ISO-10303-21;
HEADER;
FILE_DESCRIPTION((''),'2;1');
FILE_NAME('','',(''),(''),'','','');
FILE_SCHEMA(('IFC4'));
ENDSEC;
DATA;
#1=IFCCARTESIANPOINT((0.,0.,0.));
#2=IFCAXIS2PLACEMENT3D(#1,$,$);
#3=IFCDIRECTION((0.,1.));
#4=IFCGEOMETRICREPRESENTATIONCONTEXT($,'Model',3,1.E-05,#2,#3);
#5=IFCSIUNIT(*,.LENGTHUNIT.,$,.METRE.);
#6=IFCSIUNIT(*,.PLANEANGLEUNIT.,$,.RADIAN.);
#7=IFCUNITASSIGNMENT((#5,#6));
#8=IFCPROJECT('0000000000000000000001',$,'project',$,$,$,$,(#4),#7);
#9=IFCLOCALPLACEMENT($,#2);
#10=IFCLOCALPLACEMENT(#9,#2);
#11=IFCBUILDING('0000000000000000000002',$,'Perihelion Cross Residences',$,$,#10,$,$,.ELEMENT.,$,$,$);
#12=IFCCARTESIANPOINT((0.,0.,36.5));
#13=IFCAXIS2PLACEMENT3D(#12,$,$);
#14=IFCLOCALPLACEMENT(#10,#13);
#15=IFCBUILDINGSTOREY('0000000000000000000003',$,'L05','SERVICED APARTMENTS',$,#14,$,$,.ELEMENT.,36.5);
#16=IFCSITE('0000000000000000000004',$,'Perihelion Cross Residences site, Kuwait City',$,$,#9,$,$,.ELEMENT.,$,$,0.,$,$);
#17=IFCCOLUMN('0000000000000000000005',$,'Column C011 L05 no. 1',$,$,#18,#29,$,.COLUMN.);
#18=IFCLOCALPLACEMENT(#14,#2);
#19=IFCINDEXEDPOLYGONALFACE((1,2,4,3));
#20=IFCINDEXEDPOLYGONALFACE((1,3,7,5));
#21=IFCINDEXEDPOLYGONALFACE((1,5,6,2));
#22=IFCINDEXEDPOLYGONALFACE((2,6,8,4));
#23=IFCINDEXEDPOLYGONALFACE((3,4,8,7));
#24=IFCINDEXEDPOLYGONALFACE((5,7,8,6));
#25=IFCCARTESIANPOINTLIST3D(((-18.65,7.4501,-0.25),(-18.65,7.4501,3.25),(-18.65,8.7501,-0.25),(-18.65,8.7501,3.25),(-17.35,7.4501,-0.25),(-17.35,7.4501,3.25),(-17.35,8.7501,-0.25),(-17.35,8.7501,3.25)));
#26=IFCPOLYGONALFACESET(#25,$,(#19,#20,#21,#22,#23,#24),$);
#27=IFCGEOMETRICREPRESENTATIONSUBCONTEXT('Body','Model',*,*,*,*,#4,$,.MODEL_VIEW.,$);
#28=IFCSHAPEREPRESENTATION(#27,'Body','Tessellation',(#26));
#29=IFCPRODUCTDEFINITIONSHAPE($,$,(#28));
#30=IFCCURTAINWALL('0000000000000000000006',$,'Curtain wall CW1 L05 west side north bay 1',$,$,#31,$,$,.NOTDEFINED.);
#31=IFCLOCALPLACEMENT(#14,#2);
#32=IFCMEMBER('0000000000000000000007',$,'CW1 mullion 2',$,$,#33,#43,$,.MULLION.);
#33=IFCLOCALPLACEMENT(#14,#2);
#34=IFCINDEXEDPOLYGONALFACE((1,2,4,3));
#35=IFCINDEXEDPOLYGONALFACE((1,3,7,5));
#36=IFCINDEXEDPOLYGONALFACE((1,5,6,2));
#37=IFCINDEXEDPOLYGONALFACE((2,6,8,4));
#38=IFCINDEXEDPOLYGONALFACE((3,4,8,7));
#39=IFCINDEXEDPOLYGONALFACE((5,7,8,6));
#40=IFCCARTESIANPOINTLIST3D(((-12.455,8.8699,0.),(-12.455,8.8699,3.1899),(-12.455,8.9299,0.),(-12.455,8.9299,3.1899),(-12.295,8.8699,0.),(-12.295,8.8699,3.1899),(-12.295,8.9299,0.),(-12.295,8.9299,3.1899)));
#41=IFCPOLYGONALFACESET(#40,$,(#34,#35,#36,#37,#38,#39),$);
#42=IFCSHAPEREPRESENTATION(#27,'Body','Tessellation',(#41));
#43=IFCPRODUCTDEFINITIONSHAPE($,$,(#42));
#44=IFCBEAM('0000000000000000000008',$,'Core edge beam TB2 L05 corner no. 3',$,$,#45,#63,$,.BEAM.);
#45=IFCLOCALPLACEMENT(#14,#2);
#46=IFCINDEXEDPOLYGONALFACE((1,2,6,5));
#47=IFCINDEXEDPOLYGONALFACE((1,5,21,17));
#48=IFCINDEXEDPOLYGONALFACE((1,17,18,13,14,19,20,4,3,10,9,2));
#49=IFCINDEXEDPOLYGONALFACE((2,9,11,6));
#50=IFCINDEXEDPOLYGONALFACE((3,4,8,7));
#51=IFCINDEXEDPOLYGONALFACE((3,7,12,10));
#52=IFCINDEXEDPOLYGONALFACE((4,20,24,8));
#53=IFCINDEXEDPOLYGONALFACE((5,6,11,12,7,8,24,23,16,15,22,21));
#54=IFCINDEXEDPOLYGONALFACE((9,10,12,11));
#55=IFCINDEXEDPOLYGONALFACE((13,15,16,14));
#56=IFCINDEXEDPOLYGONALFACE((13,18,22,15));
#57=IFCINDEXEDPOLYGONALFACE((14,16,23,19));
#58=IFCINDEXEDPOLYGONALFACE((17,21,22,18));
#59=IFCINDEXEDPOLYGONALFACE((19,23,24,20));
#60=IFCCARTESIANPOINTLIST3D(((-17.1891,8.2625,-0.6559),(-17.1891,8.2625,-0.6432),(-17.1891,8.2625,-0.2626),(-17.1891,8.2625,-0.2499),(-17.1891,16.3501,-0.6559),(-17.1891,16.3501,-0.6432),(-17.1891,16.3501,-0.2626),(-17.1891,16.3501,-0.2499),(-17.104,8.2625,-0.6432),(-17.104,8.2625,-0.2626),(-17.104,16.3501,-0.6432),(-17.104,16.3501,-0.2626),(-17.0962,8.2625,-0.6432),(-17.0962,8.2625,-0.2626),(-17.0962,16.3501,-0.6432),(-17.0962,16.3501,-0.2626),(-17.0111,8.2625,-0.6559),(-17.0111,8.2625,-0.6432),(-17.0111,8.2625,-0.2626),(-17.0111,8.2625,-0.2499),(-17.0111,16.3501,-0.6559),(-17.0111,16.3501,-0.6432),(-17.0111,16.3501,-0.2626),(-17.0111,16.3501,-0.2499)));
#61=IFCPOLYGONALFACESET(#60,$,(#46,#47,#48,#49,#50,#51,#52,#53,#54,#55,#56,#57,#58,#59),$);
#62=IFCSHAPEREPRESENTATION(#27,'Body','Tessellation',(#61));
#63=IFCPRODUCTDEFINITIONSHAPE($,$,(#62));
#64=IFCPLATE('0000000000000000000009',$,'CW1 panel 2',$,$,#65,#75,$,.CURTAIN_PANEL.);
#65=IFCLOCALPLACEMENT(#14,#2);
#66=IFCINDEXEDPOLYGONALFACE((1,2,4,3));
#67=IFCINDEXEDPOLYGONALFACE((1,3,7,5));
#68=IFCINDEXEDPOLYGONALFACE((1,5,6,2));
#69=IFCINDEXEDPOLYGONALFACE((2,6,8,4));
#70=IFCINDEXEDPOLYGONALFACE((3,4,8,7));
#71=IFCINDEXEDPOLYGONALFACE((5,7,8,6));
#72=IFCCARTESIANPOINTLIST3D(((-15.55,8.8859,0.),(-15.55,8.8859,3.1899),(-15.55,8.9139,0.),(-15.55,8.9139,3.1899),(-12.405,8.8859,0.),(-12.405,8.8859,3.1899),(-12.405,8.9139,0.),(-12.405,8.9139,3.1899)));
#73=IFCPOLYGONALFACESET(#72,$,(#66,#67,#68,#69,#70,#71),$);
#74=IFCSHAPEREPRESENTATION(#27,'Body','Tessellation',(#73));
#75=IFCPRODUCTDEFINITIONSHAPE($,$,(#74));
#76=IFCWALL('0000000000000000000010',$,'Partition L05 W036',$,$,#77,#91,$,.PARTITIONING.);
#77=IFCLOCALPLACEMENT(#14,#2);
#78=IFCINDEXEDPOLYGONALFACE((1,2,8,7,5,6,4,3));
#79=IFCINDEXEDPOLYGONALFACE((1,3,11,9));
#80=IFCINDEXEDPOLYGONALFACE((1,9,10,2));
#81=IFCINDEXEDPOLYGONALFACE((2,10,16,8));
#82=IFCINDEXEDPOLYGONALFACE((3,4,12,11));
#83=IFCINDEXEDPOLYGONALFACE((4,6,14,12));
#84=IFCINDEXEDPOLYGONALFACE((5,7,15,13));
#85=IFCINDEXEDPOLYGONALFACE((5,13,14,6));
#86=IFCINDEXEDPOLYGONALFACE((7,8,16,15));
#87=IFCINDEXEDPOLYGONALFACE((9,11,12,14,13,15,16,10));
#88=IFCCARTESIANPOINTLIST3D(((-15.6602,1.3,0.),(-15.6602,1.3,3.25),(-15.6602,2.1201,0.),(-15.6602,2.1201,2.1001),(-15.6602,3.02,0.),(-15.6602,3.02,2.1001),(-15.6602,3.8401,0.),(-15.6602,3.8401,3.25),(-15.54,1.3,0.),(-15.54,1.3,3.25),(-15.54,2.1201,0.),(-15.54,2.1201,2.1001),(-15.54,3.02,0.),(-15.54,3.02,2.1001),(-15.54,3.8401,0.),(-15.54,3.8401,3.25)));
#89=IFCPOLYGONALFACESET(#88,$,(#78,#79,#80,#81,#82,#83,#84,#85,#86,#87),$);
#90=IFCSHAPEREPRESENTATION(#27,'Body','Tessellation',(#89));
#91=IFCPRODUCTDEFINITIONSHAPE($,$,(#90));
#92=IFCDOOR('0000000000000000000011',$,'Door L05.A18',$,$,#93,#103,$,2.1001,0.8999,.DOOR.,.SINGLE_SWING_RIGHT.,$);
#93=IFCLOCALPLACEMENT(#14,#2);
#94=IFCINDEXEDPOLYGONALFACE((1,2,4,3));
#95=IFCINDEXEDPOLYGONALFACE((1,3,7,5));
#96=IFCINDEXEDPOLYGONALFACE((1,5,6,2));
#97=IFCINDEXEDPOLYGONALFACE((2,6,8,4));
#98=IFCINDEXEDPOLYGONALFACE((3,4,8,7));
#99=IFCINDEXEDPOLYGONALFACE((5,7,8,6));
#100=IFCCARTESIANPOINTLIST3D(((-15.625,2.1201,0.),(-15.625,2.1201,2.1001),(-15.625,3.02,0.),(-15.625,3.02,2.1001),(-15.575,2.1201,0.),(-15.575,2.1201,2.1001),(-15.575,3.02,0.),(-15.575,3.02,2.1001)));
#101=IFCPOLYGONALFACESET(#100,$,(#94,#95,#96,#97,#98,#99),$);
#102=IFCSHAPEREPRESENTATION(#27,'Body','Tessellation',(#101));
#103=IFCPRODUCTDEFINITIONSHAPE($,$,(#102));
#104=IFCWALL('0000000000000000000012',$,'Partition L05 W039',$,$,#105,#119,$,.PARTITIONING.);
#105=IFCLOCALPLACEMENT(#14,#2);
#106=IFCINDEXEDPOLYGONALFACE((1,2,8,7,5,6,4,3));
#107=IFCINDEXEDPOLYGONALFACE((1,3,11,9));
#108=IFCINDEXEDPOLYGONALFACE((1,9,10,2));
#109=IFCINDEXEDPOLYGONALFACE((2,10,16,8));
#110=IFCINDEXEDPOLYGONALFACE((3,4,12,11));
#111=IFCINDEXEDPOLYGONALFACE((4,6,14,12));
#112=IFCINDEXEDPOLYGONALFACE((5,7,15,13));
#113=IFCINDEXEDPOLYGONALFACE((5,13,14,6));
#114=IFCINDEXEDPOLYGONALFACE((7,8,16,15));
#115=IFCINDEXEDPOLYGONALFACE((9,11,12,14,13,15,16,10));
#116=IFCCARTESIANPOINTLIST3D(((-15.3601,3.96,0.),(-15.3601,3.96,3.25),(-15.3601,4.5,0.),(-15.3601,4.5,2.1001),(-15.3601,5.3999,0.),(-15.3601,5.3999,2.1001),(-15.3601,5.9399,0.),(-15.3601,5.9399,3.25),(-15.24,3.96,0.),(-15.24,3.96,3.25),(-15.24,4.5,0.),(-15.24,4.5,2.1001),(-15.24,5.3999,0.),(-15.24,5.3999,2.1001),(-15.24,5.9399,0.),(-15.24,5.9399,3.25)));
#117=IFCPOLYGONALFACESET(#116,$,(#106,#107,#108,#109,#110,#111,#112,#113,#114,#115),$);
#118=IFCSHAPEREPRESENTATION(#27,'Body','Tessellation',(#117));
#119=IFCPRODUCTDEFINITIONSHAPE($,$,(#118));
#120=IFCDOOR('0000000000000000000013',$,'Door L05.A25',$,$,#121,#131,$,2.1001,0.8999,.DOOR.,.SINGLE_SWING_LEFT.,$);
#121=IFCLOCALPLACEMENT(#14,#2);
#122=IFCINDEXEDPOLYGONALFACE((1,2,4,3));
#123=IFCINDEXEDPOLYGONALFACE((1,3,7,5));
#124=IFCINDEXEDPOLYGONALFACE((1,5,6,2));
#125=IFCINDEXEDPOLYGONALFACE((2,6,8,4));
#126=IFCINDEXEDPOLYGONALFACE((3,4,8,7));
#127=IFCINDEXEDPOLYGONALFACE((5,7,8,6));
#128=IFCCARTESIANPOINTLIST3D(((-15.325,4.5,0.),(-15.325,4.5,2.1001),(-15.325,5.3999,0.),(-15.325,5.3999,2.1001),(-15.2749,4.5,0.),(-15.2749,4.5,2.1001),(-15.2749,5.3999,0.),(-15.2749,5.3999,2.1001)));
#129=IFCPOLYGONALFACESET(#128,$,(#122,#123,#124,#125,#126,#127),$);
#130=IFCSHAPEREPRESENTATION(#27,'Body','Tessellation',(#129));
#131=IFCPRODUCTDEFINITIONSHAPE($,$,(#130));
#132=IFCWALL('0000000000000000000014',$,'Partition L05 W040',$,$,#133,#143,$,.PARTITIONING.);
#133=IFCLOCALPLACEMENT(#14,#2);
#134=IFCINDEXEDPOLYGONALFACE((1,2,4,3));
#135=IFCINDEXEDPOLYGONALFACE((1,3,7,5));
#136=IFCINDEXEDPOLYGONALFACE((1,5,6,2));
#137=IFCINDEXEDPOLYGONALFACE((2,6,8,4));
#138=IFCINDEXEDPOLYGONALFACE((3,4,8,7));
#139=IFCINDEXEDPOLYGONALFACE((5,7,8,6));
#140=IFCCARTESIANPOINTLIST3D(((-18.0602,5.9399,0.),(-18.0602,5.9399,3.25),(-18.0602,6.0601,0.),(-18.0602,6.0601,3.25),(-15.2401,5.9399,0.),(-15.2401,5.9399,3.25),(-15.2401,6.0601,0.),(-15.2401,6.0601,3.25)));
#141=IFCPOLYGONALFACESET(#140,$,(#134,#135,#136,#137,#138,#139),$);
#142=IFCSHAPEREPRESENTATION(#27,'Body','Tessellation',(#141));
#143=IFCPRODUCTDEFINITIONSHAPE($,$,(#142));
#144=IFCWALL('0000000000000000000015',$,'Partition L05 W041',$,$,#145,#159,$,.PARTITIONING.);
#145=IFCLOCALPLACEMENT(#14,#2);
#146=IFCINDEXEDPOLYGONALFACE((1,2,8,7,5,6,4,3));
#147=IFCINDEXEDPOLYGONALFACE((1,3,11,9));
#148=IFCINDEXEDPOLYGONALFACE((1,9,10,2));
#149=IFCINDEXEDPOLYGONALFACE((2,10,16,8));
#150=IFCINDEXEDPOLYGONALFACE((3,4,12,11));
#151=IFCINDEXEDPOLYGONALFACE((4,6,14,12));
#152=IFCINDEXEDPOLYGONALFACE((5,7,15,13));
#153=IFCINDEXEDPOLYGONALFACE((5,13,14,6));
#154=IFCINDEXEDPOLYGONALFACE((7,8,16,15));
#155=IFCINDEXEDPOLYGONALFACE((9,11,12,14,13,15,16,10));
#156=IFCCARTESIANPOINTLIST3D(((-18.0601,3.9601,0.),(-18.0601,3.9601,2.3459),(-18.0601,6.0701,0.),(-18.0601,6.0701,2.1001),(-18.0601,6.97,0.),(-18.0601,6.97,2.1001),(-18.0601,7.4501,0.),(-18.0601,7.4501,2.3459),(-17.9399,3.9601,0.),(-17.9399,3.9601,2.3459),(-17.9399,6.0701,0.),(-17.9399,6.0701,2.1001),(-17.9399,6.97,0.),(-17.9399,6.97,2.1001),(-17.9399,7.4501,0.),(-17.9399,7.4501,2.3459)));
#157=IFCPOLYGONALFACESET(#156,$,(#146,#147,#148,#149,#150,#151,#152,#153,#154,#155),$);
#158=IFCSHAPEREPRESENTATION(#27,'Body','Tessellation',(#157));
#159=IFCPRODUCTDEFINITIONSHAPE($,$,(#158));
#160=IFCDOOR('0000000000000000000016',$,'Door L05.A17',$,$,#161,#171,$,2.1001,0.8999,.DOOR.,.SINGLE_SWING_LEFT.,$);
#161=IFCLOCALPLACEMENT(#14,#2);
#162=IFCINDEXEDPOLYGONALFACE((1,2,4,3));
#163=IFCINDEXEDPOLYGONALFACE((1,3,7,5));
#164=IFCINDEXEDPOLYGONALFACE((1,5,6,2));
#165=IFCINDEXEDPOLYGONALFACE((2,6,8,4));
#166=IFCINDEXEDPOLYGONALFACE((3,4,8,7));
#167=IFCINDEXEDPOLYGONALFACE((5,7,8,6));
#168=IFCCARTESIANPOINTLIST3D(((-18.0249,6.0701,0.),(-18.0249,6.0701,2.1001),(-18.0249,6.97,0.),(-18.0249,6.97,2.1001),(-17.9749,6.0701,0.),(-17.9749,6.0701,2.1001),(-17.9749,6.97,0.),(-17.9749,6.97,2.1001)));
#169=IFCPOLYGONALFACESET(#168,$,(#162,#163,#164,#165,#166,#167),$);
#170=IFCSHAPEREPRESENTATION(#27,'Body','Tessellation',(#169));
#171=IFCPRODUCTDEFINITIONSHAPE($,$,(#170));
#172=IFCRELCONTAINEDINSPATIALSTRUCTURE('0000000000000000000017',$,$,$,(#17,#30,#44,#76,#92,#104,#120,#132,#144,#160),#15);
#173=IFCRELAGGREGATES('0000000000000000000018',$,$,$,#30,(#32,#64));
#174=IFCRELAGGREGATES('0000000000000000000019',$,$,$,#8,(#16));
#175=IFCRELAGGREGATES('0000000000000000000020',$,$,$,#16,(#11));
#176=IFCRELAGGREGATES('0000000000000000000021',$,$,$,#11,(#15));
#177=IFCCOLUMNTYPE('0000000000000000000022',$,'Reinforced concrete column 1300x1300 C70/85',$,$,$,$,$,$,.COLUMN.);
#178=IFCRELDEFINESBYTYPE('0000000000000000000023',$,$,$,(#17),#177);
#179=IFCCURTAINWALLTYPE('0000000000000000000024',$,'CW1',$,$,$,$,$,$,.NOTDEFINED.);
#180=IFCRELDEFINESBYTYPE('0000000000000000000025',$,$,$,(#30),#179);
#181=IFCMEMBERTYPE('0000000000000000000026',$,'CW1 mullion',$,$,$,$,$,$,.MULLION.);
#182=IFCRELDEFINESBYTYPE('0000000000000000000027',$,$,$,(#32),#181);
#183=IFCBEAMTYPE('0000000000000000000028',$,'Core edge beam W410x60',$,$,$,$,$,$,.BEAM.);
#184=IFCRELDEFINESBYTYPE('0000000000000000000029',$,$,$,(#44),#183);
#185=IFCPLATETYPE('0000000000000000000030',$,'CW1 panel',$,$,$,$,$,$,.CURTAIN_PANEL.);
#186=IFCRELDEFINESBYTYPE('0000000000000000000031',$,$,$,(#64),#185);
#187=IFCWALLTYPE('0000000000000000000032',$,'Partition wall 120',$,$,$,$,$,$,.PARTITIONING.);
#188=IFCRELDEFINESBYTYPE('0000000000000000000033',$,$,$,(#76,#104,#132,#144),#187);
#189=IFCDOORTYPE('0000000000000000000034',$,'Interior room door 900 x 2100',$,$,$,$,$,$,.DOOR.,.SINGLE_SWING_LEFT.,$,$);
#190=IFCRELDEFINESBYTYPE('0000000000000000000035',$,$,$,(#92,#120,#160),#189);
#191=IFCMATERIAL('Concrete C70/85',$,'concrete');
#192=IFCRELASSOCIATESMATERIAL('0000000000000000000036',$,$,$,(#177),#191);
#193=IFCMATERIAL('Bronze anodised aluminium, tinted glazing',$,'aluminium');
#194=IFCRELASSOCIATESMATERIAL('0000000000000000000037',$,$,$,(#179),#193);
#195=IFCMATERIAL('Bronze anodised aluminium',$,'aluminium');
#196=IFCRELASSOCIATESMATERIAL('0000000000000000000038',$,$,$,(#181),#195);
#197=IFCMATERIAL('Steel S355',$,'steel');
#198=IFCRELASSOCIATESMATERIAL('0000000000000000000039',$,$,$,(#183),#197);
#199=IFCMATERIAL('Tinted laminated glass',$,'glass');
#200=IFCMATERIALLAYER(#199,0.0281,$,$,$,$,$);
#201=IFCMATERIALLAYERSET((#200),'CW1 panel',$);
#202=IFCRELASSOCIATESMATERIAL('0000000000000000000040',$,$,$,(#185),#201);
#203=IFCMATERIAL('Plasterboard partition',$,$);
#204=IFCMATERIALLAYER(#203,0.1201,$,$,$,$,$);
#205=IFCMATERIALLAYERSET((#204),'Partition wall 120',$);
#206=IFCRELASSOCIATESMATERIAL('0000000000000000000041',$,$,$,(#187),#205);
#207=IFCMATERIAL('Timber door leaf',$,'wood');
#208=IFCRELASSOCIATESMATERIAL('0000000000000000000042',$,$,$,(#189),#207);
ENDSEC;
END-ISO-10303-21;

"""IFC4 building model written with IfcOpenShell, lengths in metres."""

from ifc_helpers import new_model, si_unit, direction, frame, frame_2d, origin, origin_2d, place, context, subcontext, project, spatial, rectangle, i_section, extrude, material, layer, layer_set, material_profile, profile_set, type_object, element, fill, aggregate, save


model = new_model("IFC4")

# Units and contexts
model_context = context("Model", 3, precision=1e-05, world=origin(), true_north=direction((0.0, 1.0)))
body_context = subcontext(model_context, "Body", "Model", "MODEL_VIEW")
ifc_project = project(units=[si_unit("LENGTHUNIT", "METRE"), si_unit("PLANEANGLEUNIT", "RADIAN")], contexts=[model_context])

# Site, building, storey
site_placement = place(None, origin())
site = spatial("IfcSite", under=ifc_project, at=site_placement, Name="Perihelion Cross Residences site, Kuwait City", CompositionType="ELEMENT", RefElevation=0.0)
building_placement = place(site_placement, origin())
building = spatial("IfcBuilding", under=site, at=building_placement, Name="Perihelion Cross Residences", CompositionType="ELEMENT")
storey_placement = place(building_placement, frame((0.0, 0.0, 36.5)))
storey = spatial("IfcBuildingStorey", under=building, at=storey_placement, Name="L05", Description="SERVICED APARTMENTS", CompositionType="ELEMENT", Elevation=36.5)

# Column
ifc_material_1 = material(Name="Concrete C70/85", Category="concrete")
ifc_material_profile_1 = material_profile(ifc_material_1, rectangle(XDim=1.3, YDim=1.3, at=origin_2d()), Name="RC 1300x1300")
ifc_profile_set_1 = profile_set([ifc_material_profile_1], Name="Concrete C70/85")
column_type = type_object("IfcColumnType", Name="Reinforced concrete column 1300x1300 C70/85", PredefinedType="COLUMN", material=ifc_profile_set_1)
column_placement = place(storey_placement, frame((-18.0, 8.1001, -0.25), z_axis=(0.0, 0.0, 1.0), x_axis=(1.0, 0.0, 0.0)))
element("IfcColumn", 1, at=column_placement, inside=storey, type_object=column_type, Name="Column C011 L05 no. 1", PredefinedType="COLUMN", context=body_context, shape_type="SweptSolid", body=[
    extrude(rectangle(XDim=1.3, YDim=1.3, at=origin_2d()), origin(), (0.0, 0.0, 1.0), 3.5),
])

# Curtain wall, member
ifc_material_2 = material(Name="Bronze anodised aluminium, tinted glazing", Category="aluminium")
curtain_wall_type = type_object("IfcCurtainWallType", Name="CW1", PredefinedType="NOTDEFINED", material=ifc_material_2)
curtain_wall_placement = place(storey_placement, origin())
curtain_wall = element("IfcCurtainWall", 2, at=curtain_wall_placement, inside=storey, type_object=curtain_wall_type, Name="Curtain wall CW1 L05 west side north bay 1", PredefinedType="NOTDEFINED")
ifc_material_3 = material(Name="Bronze anodised aluminium", Category="aluminium")
ifc_material_profile_2 = material_profile(ifc_material_3, rectangle(XDim=0.0601, YDim=0.1599, at=origin_2d()), Name="CW1 mullion")
ifc_profile_set_2 = profile_set([ifc_material_profile_2], Name="Bronze anodised aluminium")
member_type = type_object("IfcMemberType", Name="CW1 mullion", PredefinedType="MULLION", material=ifc_profile_set_2)
member_placement = place(storey_placement, frame((-12.375, 8.8999, 0.0), z_axis=(0.0, 0.0, 1.0), x_axis=(0.0, -1.0, 0.0)))
member = element("IfcMember", 3, at=member_placement, type_object=member_type, Name="CW1 mullion 2", PredefinedType="MULLION", context=body_context, shape_type="SweptSolid", body=[
    extrude(rectangle(XDim=0.0601, YDim=0.1599, at=origin_2d()), origin(), (0.0, 0.0, 1.0), 3.1899),
])

# Beam
ifc_material_4 = material(Name="Steel S355", Category="steel")
ifc_material_profile_3 = material_profile(ifc_material_4, i_section(OverallWidth=0.178, OverallDepth=0.406, WebThickness=0.0078, FlangeThickness=0.0127, at=origin_2d()), Name="W410x60")
ifc_profile_set_3 = profile_set([ifc_material_profile_3], Name="Steel S355")
beam_type = type_object("IfcBeamType", Name="Core edge beam W410x60", PredefinedType="BEAM", material=ifc_profile_set_3)
beam_placement = place(storey_placement, frame((-17.1001, 8.2625, -0.4529), z_axis=(0.0, 1.0, 0.0), x_axis=(-1.0, 0.0, 0.0)))
element("IfcBeam", 4, at=beam_placement, inside=storey, type_object=beam_type, Name="Core edge beam TB2 L05 corner no. 3", PredefinedType="BEAM", context=body_context, shape_type="SweptSolid", body=[
    extrude(i_section(OverallWidth=0.178, OverallDepth=0.406, WebThickness=0.0078, FlangeThickness=0.0127, at=origin_2d()), origin(), (0.0, 0.0, 1.0), 8.0876),
])

# Plate
ifc_material_5 = material(Name="Tinted laminated glass", Category="glass")
ifc_layer_1 = layer(ifc_material_5, 0.0281)
ifc_layer_set_1 = layer_set([ifc_layer_1], Name="CW1 panel")
plate_type = type_object("IfcPlateType", Name="CW1 panel", PredefinedType="CURTAIN_PANEL", material=ifc_layer_set_1)
plate_placement = place(storey_placement, frame((-13.9775, 8.8999, 0.0), z_axis=(0.0, 0.0, 1.0), x_axis=(-1.0, 0.0, 0.0)))
plate = element("IfcPlate", 5, at=plate_placement, type_object=plate_type, Name="CW1 panel 2", PredefinedType="CURTAIN_PANEL", context=body_context, shape_type="SweptSolid", body=[
    extrude(rectangle(XDim=3.145, YDim=0.0281, at=origin_2d()), origin(), (0.0, 0.0, 1.0), 3.1899),
])
aggregate(curtain_wall, [member, plate])

# Walls, openings, doors
ifc_material_6 = material(Name="Plasterboard partition")
ifc_layer_2 = layer(ifc_material_6, 0.1201)
ifc_layer_set_2 = layer_set([ifc_layer_2], Name="Partition wall 120")
wall_type_1 = type_object("IfcWallType", Name="Partition wall 120", PredefinedType="PARTITIONING", material=ifc_layer_set_2)
wall_1_placement = place(storey_placement, frame((-15.6001, 1.3, 0.0), z_axis=(0.0, 0.0, 1.0), x_axis=(0.0, 1.0, 0.0)))
wall_1 = element("IfcWall", 6, at=wall_1_placement, inside=storey, type_object=wall_type_1, Name="Partition L05 W036", PredefinedType="PARTITIONING", context=body_context, shape_type="SweptSolid", body=[
    extrude(rectangle(XDim=2.54, YDim=0.1201, at=frame_2d((1.27, 0.0))), origin(), (0.0, 0.0, 1.0), 3.25),
])
opening_1_placement = place(wall_1_placement, frame((0.8201, 0.0, 0.0)))
opening_1 = element("IfcOpeningElement", 7, at=opening_1_placement, cuts=wall_1, PredefinedType="OPENING", context=body_context, shape_type="SweptSolid", body=[
    extrude(rectangle(XDim=0.8999, YDim=2.1001, at=frame_2d((0.45, 1.05))), frame((0.0, 0.0701, 0.0), z_axis=(0.0, -1.0, 0.0), x_axis=(1.0, 0.0, 0.0)), (0.0, 0.0, 1.0), 0.1401),
])
ifc_material_7 = material(Name="Timber door leaf", Category="wood")
door_type_1 = type_object("IfcDoorType", Name="Interior room door 900 x 2100", OperationType="SINGLE_SWING_LEFT", PredefinedType="DOOR", material=ifc_material_7)
door_1_placement = place(opening_1_placement, origin())
door_1 = element("IfcDoor", 8, at=door_1_placement, inside=storey, type_object=door_type_1, Name="Door L05.A18", OperationType="SINGLE_SWING_RIGHT", OverallHeight=2.1001, OverallWidth=0.8999, PredefinedType="DOOR", context=body_context, shape_type="SweptSolid", body=[
    extrude(rectangle(XDim=0.8999, YDim=2.1001, at=frame_2d((0.45, 1.05))), frame((0.0, 0.0249, 0.0), z_axis=(0.0, -1.0, 0.0), x_axis=(1.0, 0.0, 0.0)), (0.0, 0.0, 1.0), 0.05),
])
fill(opening_1, door_1)
wall_2_placement = place(storey_placement, frame((-15.3, 3.96, 0.0), z_axis=(0.0, 0.0, 1.0), x_axis=(0.0, 1.0, 0.0)))
wall_2 = element("IfcWall", 9, at=wall_2_placement, inside=storey, type_object=wall_type_1, Name="Partition L05 W039", PredefinedType="PARTITIONING", context=body_context, shape_type="SweptSolid", body=[
    extrude(rectangle(XDim=1.98, YDim=0.1201, at=frame_2d((0.99, 0.0))), origin(), (0.0, 0.0, 1.0), 3.25),
])
opening_2_placement = place(wall_2_placement, frame((0.54, 0.0, 0.0)))
opening_2 = element("IfcOpeningElement", 10, at=opening_2_placement, cuts=wall_2, PredefinedType="OPENING", context=body_context, shape_type="SweptSolid", body=[
    extrude(rectangle(XDim=0.8999, YDim=2.1001, at=frame_2d((0.45, 1.05))), frame((0.0, 0.0701, 0.0), z_axis=(0.0, -1.0, 0.0), x_axis=(1.0, 0.0, 0.0)), (0.0, 0.0, 1.0), 0.1401),
])
door_2_placement = place(opening_2_placement, origin())
door_2 = element("IfcDoor", 11, at=door_2_placement, inside=storey, type_object=door_type_1, Name="Door L05.A25", OperationType="SINGLE_SWING_LEFT", OverallHeight=2.1001, OverallWidth=0.8999, PredefinedType="DOOR", context=body_context, shape_type="SweptSolid", body=[
    extrude(rectangle(XDim=0.8999, YDim=2.1001, at=frame_2d((0.45, 1.05))), frame((0.0, 0.0249, 0.0), z_axis=(0.0, -1.0, 0.0), x_axis=(1.0, 0.0, 0.0)), (0.0, 0.0, 1.0), 0.05),
])
fill(opening_2, door_2)

# Wall
wall_3_placement = place(storey_placement, frame((-15.24, 6.0, 0.0), z_axis=(0.0, 0.0, 1.0), x_axis=(-1.0, 0.0, 0.0)))
element("IfcWall", 12, at=wall_3_placement, inside=storey, type_object=wall_type_1, Name="Partition L05 W040", PredefinedType="PARTITIONING", context=body_context, shape_type="SweptSolid", body=[
    extrude(rectangle(XDim=2.8201, YDim=0.1201, at=frame_2d((1.4102, 0.0))), origin(), (0.0, 0.0, 1.0), 3.25),
])

# Wall, opening, door
wall_4_placement = place(storey_placement, frame((-18.0, 3.96, 0.0), z_axis=(0.0, 0.0, 1.0), x_axis=(0.0, 1.0, 0.0)))
wall_4 = element("IfcWall", 13, at=wall_4_placement, inside=storey, type_object=wall_type_1, Name="Partition L05 W041", PredefinedType="PARTITIONING", context=body_context, shape_type="SweptSolid", body=[
    extrude(rectangle(XDim=3.49, YDim=0.1201, at=frame_2d((1.7451, 0.0))), origin(), (0.0, 0.0, 1.0), 2.3459),
])
opening_3_placement = place(wall_4_placement, frame((2.1101, 0.0, 0.0)))
opening_3 = element("IfcOpeningElement", 14, at=opening_3_placement, cuts=wall_4, PredefinedType="OPENING", context=body_context, shape_type="SweptSolid", body=[
    extrude(rectangle(XDim=0.8999, YDim=2.1001, at=frame_2d((0.45, 1.05))), frame((0.0, 0.0701, 0.0), z_axis=(0.0, -1.0, 0.0), x_axis=(1.0, 0.0, 0.0)), (0.0, 0.0, 1.0), 0.1401),
])
door_3_placement = place(opening_3_placement, origin())
door_3 = element("IfcDoor", 15, at=door_3_placement, inside=storey, type_object=door_type_1, Name="Door L05.A17", OperationType="SINGLE_SWING_LEFT", OverallHeight=2.1001, OverallWidth=0.8999, PredefinedType="DOOR", context=body_context, shape_type="SweptSolid", body=[
    extrude(rectangle(XDim=0.8999, YDim=2.1001, at=frame_2d((0.45, 1.05))), frame((0.0, 0.0249, 0.0), z_axis=(0.0, -1.0, 0.0), x_axis=(1.0, 0.0, 0.0)), (0.0, 0.0, 1.0), 0.05),
])
fill(opening_3, door_3)

save(model, "model.ifc")
